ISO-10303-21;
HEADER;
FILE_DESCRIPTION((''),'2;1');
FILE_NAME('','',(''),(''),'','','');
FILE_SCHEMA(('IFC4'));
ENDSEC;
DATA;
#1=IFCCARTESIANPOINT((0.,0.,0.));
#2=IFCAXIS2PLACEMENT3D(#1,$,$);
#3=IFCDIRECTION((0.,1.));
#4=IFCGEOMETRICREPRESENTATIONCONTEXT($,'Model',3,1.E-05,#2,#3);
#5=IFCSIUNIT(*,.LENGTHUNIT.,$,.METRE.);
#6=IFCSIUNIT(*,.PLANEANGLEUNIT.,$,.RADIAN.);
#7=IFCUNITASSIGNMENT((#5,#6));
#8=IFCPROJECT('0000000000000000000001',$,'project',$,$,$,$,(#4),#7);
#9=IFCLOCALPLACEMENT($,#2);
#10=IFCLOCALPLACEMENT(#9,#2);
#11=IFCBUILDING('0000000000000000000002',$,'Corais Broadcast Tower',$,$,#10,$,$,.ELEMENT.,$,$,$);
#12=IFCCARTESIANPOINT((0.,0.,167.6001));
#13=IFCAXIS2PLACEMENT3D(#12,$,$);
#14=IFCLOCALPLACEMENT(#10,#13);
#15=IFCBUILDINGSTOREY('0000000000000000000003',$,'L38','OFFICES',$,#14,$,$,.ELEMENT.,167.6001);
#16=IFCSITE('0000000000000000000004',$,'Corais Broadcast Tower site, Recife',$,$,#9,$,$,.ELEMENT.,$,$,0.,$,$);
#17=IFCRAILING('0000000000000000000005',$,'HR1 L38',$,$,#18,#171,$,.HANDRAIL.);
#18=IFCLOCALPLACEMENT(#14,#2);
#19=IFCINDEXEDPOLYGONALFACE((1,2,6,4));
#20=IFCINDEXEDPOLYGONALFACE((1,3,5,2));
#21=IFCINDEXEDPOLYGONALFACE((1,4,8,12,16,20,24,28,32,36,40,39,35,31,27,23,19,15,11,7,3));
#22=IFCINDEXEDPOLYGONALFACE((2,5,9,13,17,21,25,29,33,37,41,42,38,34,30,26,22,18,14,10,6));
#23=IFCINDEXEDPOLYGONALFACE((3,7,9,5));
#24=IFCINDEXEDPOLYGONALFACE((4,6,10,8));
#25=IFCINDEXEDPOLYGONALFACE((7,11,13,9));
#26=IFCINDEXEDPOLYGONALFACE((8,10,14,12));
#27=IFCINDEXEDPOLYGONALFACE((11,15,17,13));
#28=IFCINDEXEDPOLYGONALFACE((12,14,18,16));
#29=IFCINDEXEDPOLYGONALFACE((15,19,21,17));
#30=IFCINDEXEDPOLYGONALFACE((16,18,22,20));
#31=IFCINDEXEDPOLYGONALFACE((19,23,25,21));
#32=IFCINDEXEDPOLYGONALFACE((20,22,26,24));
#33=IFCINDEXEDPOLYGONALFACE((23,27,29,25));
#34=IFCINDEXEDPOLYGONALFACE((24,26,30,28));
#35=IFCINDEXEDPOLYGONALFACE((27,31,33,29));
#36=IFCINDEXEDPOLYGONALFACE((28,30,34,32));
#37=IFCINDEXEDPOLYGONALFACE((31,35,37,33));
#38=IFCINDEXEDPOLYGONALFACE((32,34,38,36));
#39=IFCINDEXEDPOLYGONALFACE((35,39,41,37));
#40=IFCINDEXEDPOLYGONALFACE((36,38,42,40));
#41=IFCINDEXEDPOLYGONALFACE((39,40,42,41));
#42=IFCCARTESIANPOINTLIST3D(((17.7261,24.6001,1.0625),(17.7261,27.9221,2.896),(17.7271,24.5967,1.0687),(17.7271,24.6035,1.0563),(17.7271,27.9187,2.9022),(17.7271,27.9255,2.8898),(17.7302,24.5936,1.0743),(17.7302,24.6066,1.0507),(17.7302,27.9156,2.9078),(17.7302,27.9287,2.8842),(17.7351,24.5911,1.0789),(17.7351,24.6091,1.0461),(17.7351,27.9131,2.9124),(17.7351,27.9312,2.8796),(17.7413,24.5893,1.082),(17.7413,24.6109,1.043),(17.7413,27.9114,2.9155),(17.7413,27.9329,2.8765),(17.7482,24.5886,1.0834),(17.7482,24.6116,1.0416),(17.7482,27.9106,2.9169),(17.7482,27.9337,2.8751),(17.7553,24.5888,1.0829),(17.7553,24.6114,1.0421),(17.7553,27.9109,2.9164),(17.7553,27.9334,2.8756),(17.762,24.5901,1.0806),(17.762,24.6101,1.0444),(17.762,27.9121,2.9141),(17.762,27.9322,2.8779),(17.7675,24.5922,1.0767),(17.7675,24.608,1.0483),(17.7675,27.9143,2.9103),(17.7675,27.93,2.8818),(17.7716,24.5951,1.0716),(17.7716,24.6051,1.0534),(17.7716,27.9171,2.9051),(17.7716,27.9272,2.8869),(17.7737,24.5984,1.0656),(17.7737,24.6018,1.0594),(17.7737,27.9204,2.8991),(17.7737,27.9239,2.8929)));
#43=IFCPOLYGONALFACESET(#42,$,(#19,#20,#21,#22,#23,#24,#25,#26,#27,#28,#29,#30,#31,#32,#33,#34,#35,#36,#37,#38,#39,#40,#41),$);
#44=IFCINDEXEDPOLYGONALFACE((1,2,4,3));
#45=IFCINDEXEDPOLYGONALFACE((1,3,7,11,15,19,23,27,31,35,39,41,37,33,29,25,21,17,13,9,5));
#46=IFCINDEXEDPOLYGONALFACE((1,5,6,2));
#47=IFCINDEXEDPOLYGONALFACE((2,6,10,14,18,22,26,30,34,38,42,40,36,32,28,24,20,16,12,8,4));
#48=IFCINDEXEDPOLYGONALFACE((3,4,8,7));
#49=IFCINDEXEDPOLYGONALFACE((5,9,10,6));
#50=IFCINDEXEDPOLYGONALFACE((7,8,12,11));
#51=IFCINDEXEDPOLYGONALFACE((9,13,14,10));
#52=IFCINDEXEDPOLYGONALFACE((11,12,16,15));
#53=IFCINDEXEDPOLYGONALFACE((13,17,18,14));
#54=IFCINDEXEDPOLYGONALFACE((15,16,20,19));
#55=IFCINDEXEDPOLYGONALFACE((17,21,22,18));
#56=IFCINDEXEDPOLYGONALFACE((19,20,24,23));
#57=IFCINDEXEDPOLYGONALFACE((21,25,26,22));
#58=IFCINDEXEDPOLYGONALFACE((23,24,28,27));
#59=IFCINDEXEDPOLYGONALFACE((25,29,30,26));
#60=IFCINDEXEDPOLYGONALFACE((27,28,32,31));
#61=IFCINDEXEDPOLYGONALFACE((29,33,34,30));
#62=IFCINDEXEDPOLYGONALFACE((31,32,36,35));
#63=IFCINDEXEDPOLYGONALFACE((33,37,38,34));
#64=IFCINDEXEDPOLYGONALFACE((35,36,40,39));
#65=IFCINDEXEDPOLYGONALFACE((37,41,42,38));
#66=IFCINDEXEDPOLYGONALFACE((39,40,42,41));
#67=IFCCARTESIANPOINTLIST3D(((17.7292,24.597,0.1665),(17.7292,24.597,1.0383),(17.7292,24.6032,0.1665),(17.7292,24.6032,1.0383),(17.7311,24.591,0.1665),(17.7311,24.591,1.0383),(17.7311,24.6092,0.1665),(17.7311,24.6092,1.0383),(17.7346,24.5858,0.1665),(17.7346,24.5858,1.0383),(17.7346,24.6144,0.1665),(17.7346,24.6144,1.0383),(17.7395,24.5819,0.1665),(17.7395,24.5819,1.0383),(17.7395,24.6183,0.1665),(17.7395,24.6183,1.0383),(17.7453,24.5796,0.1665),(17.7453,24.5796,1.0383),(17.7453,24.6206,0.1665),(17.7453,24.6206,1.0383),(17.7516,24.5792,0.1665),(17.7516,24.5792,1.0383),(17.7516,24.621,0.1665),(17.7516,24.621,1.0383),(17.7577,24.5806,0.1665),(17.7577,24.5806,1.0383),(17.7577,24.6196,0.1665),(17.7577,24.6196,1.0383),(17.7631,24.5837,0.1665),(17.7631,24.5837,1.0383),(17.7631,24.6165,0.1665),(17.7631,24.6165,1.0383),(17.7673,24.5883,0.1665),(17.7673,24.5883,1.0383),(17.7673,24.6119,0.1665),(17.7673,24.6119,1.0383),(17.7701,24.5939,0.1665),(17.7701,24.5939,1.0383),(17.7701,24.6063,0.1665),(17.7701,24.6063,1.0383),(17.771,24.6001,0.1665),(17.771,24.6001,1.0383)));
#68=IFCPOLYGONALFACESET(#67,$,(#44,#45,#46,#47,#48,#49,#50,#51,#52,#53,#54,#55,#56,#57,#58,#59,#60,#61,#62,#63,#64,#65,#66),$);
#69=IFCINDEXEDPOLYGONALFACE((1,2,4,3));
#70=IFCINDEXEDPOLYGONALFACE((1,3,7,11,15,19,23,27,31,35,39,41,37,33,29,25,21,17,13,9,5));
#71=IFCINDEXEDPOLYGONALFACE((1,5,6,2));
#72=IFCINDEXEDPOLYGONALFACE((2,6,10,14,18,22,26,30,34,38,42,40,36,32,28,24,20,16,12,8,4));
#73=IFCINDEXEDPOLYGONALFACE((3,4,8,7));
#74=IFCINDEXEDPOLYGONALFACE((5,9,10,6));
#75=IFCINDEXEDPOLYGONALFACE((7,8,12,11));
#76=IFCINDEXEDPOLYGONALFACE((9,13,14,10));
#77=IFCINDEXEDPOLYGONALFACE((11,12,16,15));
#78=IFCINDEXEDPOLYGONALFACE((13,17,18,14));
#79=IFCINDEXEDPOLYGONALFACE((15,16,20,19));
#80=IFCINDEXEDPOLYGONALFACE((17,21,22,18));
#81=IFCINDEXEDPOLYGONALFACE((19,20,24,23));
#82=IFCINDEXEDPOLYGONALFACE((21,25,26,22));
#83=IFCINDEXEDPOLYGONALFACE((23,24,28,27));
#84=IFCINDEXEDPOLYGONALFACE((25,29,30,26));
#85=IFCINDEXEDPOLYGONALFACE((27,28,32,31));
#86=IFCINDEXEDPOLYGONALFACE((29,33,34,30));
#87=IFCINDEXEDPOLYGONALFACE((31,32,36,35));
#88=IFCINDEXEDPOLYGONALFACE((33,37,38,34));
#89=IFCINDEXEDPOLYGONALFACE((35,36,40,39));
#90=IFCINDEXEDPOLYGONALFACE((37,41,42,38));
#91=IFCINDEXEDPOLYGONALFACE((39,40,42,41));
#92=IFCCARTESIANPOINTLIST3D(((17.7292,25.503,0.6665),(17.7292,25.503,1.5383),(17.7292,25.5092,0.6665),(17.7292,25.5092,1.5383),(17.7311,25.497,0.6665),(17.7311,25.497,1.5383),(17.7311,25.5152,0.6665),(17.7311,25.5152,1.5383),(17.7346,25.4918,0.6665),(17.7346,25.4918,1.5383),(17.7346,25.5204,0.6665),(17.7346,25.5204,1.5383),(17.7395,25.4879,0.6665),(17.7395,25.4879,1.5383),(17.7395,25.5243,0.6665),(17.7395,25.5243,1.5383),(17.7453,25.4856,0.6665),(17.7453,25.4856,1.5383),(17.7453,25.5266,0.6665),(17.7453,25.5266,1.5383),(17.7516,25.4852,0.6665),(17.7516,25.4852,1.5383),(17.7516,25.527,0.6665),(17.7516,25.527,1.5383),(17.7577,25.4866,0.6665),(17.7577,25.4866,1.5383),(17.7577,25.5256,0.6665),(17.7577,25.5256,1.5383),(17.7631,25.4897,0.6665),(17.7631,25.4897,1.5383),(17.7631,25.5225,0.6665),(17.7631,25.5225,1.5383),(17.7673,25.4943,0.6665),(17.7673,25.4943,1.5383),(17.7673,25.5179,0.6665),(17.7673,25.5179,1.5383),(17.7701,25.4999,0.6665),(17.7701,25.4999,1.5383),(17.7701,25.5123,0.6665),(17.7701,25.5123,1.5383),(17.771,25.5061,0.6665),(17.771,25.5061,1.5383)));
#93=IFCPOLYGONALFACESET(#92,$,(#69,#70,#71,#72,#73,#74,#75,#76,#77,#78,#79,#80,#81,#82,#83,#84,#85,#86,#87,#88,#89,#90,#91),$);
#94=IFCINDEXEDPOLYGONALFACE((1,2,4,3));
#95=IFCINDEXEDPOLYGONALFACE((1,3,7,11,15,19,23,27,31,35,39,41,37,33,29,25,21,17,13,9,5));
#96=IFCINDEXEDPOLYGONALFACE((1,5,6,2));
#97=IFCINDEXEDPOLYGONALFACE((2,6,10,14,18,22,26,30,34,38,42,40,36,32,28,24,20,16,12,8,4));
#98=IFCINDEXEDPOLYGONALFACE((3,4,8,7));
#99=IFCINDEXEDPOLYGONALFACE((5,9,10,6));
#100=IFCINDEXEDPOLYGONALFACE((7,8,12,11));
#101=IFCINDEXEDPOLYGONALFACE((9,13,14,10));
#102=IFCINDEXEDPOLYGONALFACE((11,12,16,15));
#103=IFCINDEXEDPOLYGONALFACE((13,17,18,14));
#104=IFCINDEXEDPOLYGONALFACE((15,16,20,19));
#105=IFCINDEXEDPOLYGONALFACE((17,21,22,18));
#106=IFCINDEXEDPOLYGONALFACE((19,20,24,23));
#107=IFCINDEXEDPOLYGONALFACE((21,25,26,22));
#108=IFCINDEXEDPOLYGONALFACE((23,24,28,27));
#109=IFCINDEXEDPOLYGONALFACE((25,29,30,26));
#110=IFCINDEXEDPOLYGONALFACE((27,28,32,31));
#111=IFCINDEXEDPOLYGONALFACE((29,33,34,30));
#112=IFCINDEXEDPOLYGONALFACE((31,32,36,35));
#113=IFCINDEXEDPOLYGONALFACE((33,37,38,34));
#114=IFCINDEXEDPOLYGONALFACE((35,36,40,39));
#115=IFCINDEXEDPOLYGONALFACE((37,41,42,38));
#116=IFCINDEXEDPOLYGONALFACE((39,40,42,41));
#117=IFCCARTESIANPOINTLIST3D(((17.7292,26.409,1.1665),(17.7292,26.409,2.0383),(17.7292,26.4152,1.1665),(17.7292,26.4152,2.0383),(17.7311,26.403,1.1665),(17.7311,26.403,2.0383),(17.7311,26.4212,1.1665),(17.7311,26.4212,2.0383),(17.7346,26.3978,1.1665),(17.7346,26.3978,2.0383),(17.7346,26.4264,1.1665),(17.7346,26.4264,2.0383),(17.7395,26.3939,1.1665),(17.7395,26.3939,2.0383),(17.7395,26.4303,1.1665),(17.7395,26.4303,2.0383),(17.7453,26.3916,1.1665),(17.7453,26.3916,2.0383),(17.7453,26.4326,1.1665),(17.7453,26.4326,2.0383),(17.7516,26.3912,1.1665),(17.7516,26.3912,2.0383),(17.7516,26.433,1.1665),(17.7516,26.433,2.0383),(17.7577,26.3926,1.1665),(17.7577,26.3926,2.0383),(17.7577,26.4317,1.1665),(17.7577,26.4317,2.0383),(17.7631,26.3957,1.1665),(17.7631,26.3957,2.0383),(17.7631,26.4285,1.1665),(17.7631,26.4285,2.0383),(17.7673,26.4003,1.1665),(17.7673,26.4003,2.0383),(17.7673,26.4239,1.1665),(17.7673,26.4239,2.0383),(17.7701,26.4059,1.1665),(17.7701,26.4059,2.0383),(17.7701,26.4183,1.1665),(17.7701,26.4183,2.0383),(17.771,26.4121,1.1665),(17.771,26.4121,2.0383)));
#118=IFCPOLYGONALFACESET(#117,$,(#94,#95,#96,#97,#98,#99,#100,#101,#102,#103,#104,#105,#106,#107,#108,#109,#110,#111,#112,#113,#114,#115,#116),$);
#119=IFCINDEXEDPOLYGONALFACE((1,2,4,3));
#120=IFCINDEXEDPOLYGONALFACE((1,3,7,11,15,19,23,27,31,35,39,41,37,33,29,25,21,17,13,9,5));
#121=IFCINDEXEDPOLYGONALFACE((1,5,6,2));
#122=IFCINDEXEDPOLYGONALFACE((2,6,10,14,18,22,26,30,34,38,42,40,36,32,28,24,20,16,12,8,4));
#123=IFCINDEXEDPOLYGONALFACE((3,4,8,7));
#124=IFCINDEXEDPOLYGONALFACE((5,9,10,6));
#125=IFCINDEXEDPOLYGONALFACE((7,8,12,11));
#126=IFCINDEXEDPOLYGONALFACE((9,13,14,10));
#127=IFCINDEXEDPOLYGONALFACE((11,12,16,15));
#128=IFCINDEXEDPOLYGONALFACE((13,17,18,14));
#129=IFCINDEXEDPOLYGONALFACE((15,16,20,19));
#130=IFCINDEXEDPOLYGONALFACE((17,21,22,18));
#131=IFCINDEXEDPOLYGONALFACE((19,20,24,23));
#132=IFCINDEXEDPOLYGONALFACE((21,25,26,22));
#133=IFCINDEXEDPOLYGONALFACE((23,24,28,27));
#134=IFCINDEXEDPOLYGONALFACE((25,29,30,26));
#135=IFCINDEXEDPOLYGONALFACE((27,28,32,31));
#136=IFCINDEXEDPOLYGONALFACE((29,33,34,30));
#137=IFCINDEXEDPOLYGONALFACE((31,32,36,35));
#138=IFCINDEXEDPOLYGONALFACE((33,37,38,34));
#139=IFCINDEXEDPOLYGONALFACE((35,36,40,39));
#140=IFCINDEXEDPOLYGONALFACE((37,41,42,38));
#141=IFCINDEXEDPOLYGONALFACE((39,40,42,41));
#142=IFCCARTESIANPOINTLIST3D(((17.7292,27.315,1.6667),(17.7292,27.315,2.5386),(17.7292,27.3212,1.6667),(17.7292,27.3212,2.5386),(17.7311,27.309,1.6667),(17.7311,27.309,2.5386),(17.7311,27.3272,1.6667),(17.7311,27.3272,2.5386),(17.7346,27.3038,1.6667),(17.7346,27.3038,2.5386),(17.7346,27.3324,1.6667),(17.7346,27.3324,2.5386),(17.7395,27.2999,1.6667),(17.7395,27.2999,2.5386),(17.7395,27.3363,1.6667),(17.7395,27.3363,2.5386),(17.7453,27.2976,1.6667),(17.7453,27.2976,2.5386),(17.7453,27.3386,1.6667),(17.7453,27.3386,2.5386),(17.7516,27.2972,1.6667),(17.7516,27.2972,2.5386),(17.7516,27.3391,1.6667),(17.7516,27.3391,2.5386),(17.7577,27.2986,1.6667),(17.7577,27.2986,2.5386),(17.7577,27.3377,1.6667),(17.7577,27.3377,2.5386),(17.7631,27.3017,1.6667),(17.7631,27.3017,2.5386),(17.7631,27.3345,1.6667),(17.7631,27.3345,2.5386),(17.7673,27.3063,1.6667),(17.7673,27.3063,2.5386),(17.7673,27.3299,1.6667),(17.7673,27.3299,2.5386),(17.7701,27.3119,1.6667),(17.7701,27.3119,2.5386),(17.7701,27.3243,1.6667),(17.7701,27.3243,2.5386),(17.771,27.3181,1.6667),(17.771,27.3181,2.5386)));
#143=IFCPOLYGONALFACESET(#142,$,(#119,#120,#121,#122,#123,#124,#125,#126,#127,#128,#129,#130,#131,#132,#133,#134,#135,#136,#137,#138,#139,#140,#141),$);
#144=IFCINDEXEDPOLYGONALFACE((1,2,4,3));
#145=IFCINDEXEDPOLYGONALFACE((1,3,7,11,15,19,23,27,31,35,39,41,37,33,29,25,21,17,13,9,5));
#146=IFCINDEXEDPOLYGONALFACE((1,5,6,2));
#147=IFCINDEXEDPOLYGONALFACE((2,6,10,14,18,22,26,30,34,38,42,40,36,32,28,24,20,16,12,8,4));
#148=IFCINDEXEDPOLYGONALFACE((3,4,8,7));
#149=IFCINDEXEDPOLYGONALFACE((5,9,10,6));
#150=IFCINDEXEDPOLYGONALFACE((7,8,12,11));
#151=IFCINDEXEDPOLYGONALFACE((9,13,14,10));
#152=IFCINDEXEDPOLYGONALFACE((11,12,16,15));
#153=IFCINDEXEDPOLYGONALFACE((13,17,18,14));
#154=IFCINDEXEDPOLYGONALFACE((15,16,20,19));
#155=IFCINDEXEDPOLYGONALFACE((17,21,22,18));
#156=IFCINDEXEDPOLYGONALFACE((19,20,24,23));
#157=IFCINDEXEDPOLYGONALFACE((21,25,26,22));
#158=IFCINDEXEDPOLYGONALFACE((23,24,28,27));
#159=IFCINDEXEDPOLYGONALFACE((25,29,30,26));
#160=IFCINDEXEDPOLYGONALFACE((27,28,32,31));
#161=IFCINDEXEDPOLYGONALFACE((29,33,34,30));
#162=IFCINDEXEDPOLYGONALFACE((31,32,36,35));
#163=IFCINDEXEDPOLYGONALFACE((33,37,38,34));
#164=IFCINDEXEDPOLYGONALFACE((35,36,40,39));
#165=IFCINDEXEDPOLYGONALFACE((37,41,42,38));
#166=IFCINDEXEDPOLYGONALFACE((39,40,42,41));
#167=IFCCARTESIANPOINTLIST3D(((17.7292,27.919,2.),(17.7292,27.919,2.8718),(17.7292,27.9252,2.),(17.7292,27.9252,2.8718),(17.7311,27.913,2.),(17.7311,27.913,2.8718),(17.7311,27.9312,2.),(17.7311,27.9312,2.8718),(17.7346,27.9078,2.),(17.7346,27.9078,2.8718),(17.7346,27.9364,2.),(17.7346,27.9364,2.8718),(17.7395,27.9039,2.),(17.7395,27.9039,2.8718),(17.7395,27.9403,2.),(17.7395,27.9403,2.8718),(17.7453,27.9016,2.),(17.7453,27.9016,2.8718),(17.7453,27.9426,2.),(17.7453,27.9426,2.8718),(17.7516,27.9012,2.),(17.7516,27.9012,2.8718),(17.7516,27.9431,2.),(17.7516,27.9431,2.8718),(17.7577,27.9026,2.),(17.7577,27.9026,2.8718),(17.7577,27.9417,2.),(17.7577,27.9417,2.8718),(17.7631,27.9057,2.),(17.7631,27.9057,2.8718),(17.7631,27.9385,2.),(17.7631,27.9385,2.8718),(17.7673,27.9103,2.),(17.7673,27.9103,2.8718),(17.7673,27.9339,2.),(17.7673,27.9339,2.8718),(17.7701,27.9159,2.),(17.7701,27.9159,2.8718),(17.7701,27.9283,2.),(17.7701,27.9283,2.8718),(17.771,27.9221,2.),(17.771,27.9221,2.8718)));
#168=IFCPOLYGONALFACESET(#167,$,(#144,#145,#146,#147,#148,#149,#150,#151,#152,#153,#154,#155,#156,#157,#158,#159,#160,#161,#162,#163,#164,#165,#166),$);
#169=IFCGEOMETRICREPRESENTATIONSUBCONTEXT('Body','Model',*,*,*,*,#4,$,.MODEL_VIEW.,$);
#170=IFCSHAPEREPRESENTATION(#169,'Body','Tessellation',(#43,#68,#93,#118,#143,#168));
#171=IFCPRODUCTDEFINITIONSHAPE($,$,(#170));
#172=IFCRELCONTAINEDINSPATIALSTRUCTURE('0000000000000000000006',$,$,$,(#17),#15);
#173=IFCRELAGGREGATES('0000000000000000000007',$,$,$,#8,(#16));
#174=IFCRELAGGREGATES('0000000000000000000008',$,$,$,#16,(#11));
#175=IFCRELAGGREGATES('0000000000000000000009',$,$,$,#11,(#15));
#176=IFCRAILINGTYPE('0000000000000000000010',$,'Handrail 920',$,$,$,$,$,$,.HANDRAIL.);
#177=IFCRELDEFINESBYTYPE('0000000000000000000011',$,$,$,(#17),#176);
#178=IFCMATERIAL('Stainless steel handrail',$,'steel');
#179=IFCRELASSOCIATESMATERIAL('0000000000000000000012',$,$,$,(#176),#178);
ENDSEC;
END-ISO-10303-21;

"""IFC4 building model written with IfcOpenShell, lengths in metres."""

from ifc_helpers import new_model, si_unit, direction, frame, origin, origin_2d, place, context, subcontext, project, spatial, circle, extrude, material, type_object, element, save


model = new_model("IFC4")

# Units and contexts
model_context = context("Model", 3, precision=1e-05, world=origin(), true_north=direction((0.0, 1.0)))
body_context = subcontext(model_context, "Body", "Model", "MODEL_VIEW")
ifc_project = project(units=[si_unit("LENGTHUNIT", "METRE"), si_unit("PLANEANGLEUNIT", "RADIAN")], contexts=[model_context])

# Site, building, storey
site_placement = place(None, origin())
site = spatial("IfcSite", under=ifc_project, at=site_placement, Name="Corais Broadcast Tower site, Recife", CompositionType="ELEMENT", RefElevation=0.0)
building_placement = place(site_placement, origin())
building = spatial("IfcBuilding", under=site, at=building_placement, Name="Corais Broadcast Tower", CompositionType="ELEMENT")
storey_placement = place(building_placement, frame((0.0, 0.0, 167.6001)))
storey = spatial("IfcBuildingStorey", under=building, at=storey_placement, Name="L38", Description="OFFICES", CompositionType="ELEMENT", Elevation=167.6001)

# Railing
ifc_material_1 = material(Name="Stainless steel handrail", Category="steel")
railing_type = type_object("IfcRailingType", Name="Handrail 920", PredefinedType="HANDRAIL", material=ifc_material_1)
for number, where, name in (
    (1, (17.75, 24.6001, 0.1665), "HR1 L38"),
):
    element("IfcRailing", number, at=place(storey_placement, frame(where)), inside=storey, type_object=railing_type, Name=name, PredefinedType="HANDRAIL", context=body_context, shape_type="SweptSolid", body=[
        extrude(circle(Radius=0.0239, at=origin_2d()), frame((0.0, 0.0, 0.896), z_axis=(0.0, 0.875504, 0.48321), x_axis=(-1.0, 0.0, 0.0)), (0.0, 0.0, 1.0), 3.7944),
        extrude(circle(Radius=0.021, at=origin_2d()), origin(), (0.0, 0.0, 1.0), 0.8718),
        extrude(circle(Radius=0.021, at=origin_2d()), frame((0.0, 0.906, 0.5)), (0.0, 0.0, 1.0), 0.8718),
        extrude(circle(Radius=0.021, at=origin_2d()), frame((0.0, 1.812, 1.0)), (0.0, 0.0, 1.0), 0.8718),
        extrude(circle(Radius=0.021, at=origin_2d()), frame((0.0, 2.718, 1.5002)), (0.0, 0.0, 1.0), 0.8718),
        extrude(circle(Radius=0.021, at=origin_2d()), frame((0.0, 3.322, 1.8335)), (0.0, 0.0, 1.0), 0.8718),
    ])

save(model, "model.ifc")
